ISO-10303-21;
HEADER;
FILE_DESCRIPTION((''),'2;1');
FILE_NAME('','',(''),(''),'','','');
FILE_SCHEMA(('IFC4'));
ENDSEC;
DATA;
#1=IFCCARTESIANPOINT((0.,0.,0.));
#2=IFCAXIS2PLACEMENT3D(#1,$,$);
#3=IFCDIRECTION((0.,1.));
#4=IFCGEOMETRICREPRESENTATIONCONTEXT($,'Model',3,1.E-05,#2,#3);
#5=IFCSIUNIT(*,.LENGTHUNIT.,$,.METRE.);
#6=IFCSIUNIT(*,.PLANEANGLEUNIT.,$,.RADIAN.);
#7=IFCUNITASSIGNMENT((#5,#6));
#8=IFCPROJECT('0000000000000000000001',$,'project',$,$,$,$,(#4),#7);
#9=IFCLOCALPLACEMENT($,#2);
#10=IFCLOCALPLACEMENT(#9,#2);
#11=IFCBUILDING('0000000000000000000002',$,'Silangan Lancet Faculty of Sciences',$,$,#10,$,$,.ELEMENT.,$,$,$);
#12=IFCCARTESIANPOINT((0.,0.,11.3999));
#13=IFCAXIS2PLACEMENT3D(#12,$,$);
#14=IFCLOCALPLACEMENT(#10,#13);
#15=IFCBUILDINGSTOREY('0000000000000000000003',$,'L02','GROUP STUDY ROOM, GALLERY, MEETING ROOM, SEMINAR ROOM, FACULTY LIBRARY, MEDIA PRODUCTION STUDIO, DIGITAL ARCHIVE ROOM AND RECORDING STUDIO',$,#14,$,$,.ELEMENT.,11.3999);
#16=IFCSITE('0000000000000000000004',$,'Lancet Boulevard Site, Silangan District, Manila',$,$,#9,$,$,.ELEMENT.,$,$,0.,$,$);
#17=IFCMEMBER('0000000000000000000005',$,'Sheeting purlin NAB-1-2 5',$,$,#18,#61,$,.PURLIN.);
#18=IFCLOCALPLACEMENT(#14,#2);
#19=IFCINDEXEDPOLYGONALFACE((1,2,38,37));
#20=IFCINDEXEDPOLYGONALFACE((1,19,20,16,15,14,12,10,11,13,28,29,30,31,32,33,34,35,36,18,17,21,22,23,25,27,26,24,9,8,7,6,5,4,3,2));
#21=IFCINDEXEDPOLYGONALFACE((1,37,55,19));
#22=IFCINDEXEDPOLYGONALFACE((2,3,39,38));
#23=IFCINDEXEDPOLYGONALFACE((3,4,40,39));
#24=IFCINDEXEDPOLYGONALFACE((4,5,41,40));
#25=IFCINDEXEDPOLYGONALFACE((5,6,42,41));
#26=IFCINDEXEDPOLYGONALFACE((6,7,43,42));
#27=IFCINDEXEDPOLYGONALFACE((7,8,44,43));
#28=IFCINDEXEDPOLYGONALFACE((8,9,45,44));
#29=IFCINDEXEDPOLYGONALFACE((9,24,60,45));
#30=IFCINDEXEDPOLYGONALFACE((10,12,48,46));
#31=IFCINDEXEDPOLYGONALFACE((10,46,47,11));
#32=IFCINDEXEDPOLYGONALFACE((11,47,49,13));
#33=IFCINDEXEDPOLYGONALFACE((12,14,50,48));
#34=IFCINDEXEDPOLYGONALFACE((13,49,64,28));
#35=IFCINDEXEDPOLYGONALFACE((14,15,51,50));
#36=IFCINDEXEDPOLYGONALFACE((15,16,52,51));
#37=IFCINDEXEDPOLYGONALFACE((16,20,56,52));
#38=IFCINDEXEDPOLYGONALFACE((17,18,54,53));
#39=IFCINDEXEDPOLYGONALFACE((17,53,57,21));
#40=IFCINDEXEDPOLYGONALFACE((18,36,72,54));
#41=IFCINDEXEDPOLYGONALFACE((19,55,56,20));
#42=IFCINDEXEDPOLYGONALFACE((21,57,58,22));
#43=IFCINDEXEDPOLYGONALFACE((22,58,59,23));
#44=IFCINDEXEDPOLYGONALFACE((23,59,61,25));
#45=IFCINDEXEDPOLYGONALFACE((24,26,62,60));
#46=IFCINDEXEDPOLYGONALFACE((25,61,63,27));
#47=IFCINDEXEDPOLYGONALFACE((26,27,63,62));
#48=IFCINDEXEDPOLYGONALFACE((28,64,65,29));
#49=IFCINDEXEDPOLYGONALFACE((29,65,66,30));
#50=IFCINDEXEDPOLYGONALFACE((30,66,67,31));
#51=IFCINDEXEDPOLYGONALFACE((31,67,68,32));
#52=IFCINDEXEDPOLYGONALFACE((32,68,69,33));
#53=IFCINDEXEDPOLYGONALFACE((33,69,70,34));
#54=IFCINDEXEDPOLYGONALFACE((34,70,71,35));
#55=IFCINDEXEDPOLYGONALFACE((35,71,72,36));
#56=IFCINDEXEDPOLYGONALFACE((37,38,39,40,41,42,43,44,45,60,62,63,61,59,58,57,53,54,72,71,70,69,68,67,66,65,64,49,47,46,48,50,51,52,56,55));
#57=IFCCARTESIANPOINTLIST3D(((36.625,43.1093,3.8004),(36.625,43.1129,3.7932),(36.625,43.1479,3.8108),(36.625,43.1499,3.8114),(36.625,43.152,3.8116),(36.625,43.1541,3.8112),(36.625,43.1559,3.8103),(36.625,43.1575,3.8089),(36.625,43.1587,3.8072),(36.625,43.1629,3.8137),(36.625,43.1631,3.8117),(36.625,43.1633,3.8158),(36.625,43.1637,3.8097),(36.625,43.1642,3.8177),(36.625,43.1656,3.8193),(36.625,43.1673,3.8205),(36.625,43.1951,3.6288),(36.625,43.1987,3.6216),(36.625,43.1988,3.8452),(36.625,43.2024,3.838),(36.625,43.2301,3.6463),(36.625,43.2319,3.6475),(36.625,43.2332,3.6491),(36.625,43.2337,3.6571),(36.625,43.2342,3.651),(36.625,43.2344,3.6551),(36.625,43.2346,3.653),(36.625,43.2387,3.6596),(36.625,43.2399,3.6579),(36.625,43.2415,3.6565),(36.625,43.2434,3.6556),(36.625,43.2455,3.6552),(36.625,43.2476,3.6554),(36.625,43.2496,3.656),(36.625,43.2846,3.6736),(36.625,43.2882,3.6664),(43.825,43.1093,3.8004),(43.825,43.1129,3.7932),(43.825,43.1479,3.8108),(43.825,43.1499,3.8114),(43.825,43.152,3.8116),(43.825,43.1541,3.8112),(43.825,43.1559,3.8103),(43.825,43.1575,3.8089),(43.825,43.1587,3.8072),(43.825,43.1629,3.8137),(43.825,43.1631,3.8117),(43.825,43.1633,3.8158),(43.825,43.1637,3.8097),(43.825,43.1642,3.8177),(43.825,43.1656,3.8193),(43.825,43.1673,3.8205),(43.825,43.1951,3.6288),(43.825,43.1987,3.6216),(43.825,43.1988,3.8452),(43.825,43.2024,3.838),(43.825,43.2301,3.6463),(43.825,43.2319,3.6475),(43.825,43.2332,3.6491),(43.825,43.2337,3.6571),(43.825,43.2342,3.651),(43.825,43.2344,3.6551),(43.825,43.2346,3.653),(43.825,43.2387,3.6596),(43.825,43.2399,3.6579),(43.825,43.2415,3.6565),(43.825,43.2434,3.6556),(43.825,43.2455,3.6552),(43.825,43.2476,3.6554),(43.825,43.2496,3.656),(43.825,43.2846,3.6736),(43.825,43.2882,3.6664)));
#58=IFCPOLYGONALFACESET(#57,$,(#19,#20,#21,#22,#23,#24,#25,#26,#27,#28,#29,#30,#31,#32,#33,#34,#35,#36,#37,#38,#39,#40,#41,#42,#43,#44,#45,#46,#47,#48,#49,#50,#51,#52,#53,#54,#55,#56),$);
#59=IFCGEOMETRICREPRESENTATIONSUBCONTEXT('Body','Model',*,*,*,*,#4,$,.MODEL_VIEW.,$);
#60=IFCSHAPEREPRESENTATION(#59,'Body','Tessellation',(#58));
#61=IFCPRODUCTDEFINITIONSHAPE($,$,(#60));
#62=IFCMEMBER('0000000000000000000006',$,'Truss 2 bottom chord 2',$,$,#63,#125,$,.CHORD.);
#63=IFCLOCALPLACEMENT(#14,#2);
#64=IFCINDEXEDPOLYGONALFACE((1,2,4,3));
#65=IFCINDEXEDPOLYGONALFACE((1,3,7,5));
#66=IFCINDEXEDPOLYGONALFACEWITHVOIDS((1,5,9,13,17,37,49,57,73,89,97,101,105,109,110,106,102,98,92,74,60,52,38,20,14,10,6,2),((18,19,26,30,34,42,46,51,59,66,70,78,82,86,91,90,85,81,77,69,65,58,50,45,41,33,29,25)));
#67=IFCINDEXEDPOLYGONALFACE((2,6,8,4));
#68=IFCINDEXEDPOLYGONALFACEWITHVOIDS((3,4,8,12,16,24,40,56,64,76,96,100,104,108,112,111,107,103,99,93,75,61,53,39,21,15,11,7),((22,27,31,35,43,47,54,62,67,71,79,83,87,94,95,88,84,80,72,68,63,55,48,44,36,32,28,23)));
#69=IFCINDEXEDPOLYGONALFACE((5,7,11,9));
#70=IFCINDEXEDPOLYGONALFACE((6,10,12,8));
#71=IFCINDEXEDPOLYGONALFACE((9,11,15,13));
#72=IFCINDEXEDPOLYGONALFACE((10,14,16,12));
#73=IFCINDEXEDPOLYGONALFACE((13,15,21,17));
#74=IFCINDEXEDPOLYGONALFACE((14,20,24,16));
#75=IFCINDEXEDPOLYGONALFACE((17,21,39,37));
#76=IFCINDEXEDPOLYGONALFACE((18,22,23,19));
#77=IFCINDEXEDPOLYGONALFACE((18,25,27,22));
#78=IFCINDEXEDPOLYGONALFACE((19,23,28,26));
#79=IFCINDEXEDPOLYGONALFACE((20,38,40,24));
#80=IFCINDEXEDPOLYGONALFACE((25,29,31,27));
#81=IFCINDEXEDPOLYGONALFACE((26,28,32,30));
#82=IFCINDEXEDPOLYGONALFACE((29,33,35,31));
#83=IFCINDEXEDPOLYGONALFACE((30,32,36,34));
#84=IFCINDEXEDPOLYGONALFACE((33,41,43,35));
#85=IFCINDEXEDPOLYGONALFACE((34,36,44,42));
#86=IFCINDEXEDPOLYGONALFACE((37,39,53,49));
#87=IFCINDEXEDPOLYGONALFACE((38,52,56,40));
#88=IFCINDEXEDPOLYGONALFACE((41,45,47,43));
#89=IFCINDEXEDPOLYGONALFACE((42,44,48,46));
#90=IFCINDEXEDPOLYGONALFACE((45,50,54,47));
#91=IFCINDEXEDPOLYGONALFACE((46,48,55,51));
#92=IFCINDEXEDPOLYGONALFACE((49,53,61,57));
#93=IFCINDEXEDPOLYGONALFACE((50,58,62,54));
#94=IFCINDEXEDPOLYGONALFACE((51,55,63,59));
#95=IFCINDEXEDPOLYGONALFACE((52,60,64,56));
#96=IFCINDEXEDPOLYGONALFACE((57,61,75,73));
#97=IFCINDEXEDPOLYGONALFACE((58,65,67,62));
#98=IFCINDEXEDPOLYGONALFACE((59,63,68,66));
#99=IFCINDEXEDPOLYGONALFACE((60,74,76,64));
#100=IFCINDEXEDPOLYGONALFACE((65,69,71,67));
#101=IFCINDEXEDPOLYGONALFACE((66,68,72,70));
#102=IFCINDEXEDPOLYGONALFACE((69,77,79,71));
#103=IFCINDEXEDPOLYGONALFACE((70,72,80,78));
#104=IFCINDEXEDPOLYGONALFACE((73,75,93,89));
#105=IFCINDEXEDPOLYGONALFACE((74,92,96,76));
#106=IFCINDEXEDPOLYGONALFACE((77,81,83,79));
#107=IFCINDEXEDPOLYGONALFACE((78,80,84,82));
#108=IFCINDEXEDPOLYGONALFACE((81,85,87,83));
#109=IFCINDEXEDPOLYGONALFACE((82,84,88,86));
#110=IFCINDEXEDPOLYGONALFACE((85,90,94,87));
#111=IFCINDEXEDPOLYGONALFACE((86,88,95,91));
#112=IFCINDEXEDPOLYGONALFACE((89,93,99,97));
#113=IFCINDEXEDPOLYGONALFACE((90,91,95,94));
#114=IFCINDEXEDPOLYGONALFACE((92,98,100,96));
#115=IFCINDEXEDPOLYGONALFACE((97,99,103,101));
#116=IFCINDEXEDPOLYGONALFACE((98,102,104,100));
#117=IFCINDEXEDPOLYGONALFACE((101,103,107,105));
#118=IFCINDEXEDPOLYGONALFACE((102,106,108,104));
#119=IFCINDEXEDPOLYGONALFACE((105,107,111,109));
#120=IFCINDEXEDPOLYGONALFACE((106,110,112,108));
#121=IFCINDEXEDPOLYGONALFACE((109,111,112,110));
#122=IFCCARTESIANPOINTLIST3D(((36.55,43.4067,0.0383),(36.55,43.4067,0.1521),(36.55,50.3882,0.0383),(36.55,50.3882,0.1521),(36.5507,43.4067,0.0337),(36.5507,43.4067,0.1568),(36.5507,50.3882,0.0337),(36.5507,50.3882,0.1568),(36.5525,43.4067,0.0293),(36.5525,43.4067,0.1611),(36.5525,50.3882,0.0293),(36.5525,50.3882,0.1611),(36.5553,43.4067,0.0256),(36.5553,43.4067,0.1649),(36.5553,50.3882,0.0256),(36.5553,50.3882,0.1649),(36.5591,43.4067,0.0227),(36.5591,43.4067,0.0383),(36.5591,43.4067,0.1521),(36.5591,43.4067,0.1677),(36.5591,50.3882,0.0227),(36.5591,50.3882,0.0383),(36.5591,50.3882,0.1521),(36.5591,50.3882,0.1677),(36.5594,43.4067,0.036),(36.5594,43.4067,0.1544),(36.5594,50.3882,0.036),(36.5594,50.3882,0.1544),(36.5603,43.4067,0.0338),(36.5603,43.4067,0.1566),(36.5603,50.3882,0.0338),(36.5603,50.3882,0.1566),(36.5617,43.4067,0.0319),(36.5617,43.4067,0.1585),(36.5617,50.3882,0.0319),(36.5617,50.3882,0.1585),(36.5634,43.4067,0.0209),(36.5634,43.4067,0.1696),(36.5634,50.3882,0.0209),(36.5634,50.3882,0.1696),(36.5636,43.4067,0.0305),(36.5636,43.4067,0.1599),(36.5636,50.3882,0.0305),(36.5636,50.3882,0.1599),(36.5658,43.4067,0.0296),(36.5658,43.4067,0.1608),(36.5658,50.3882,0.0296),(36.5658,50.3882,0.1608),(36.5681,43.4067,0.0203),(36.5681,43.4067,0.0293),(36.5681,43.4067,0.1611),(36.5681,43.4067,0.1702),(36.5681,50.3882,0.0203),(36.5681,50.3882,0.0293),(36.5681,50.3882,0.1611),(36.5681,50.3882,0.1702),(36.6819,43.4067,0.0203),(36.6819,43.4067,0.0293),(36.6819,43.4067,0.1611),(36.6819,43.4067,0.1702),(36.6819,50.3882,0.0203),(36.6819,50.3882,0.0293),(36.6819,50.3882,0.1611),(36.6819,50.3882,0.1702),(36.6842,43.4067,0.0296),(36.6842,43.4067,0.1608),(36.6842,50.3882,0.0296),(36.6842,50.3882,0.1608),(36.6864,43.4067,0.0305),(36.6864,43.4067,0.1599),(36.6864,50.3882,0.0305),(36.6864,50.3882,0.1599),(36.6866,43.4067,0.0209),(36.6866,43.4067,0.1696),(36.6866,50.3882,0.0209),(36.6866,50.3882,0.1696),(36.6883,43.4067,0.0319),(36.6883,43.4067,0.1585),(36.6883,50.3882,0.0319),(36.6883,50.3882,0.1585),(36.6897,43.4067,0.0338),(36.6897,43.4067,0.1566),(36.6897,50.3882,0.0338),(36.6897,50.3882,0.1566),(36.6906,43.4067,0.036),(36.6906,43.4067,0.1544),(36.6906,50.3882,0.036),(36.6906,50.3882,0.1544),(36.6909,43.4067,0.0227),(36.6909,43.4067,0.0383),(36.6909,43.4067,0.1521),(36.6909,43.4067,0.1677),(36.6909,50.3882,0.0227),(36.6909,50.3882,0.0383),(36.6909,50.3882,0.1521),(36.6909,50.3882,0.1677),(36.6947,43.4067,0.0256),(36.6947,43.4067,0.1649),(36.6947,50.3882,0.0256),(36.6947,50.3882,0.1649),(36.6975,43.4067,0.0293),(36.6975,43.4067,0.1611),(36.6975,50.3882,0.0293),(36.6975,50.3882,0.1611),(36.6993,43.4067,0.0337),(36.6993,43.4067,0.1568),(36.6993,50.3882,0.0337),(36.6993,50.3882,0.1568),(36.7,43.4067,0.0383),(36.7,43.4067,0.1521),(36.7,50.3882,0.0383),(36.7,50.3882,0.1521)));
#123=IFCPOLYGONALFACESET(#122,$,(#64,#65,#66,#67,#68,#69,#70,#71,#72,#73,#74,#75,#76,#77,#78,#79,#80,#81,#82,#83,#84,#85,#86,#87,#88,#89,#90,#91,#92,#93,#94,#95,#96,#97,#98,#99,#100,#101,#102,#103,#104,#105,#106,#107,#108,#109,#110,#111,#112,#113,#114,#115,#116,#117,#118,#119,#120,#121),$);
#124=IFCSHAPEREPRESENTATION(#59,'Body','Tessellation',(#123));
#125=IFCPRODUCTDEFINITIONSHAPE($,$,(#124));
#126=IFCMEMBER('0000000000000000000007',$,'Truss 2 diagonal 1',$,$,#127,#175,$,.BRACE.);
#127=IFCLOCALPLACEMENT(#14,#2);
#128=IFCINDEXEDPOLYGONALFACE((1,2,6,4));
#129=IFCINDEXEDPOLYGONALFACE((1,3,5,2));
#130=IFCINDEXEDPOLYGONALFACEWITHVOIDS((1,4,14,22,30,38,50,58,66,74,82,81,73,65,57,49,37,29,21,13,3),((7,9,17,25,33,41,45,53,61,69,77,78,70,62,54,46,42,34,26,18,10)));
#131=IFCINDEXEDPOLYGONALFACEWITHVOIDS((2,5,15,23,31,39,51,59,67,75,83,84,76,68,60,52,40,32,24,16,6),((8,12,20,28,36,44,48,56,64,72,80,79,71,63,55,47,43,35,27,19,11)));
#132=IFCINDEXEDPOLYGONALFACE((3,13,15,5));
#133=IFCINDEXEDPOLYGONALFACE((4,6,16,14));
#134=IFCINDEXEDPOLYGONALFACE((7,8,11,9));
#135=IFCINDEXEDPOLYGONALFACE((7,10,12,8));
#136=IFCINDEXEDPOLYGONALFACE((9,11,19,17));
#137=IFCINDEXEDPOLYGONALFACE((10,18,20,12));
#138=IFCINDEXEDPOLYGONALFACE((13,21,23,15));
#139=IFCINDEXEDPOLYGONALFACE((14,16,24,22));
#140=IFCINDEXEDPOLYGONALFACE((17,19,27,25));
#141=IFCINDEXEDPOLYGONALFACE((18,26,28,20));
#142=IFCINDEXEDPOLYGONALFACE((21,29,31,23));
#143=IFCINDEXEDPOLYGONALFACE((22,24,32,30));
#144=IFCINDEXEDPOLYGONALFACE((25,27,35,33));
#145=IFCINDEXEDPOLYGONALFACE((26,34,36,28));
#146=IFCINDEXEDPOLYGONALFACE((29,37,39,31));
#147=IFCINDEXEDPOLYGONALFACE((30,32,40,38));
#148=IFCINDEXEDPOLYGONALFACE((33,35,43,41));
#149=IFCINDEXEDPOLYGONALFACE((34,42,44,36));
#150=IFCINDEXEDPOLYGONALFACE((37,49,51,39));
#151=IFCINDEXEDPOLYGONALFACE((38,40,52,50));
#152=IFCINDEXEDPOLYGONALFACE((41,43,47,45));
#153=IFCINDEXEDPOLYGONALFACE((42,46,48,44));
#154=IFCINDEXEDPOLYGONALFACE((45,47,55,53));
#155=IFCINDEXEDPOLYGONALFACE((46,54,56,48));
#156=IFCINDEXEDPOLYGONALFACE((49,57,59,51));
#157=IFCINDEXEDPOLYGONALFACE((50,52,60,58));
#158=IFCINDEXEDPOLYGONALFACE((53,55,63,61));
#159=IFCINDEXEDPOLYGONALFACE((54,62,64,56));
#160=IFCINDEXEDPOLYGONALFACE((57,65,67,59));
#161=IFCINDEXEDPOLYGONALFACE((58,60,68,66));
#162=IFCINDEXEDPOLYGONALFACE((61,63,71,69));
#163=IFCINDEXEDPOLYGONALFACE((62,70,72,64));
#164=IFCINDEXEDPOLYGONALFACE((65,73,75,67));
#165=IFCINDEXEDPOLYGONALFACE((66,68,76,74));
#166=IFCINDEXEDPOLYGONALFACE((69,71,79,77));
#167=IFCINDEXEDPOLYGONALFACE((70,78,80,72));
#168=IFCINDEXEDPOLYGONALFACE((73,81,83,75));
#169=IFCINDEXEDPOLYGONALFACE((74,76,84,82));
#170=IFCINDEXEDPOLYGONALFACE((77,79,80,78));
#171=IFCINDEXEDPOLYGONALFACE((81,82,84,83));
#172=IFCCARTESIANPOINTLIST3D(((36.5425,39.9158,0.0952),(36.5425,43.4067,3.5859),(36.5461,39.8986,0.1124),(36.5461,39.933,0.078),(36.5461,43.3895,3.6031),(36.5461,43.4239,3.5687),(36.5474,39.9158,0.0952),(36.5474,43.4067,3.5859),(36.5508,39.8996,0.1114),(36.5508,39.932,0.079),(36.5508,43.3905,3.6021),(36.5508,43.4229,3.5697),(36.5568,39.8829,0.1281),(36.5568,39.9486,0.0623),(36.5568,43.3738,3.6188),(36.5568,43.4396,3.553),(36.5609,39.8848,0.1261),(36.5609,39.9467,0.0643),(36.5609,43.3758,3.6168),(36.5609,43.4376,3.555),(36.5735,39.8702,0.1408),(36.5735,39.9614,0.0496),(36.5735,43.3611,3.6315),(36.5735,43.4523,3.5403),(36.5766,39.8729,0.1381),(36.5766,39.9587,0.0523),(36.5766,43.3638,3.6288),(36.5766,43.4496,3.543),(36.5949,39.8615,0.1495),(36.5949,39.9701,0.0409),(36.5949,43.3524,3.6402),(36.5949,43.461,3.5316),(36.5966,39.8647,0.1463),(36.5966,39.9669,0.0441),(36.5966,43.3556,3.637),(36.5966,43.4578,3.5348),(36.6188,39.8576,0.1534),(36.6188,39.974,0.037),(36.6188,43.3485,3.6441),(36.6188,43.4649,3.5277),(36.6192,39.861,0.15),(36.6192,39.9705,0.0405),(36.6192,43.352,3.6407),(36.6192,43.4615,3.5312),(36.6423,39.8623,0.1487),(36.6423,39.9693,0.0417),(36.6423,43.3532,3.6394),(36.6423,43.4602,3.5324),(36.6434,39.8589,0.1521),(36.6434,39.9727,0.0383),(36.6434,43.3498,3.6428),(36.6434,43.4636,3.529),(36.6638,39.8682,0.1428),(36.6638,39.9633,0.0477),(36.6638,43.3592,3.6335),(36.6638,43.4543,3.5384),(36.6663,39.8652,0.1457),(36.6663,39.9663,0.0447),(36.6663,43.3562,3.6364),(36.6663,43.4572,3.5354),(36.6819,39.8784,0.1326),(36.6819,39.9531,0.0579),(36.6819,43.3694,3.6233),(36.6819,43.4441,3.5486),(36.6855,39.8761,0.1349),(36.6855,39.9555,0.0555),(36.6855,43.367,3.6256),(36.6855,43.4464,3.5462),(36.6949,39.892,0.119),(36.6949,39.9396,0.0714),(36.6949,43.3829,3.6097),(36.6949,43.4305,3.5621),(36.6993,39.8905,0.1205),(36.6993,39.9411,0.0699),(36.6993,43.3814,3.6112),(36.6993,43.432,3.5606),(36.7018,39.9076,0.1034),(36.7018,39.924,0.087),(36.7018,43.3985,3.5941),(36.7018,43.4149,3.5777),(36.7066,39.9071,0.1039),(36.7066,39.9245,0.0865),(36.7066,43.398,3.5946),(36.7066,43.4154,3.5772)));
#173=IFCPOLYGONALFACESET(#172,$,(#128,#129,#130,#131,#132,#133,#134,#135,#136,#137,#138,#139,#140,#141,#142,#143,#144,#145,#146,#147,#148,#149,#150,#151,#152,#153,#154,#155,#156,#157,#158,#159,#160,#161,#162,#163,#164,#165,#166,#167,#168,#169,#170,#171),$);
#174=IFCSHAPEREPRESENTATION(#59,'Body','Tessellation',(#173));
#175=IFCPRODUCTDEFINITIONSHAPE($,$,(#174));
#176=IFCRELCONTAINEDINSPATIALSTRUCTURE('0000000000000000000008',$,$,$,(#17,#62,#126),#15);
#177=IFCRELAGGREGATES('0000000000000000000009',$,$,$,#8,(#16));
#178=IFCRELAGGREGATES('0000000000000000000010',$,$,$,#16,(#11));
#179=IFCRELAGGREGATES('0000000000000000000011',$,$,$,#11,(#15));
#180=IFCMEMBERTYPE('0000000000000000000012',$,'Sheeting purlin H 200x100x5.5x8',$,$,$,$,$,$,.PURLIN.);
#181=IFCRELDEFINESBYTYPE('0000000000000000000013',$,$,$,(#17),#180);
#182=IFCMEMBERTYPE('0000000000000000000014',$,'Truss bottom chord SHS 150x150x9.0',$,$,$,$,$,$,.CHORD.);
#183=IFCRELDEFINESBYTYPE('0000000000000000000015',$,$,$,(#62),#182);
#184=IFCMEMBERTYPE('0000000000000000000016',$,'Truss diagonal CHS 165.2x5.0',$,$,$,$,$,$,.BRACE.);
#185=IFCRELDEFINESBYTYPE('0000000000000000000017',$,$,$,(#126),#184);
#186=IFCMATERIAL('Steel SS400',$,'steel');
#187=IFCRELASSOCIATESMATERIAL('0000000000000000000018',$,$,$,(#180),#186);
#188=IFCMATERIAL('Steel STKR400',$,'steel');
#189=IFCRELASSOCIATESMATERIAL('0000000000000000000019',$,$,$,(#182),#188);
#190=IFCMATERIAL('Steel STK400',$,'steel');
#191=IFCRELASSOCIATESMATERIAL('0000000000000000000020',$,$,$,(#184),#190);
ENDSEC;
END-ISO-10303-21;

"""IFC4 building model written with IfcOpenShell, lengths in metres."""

from ifc_helpers import new_model, si_unit, direction, frame, origin, origin_2d, place, context, subcontext, project, spatial, hollow_rectangle, hollow_circle, i_section, extrude, material, material_profile, profile_set, type_object, element, save


model = new_model("IFC4")

# Units and contexts
model_context = context("Model", 3, precision=1e-05, world=origin(), true_north=direction((0.0, 1.0)))
body_context = subcontext(model_context, "Body", "Model", "MODEL_VIEW")
ifc_project = project(units=[si_unit("LENGTHUNIT", "METRE"), si_unit("PLANEANGLEUNIT", "RADIAN")], contexts=[model_context])

# Site, building, storey
site_placement = place(None, origin())
site = spatial("IfcSite", under=ifc_project, at=site_placement, Name="Lancet Boulevard Site, Silangan District, Manila", CompositionType="ELEMENT", RefElevation=0.0)
building_placement = place(site_placement, origin())
building = spatial("IfcBuilding", under=site, at=building_placement, Name="Silangan Lancet Faculty of Sciences", CompositionType="ELEMENT")
storey_placement = place(building_placement, frame((0.0, 0.0, 11.3999)))
storey = spatial("IfcBuildingStorey", under=building, at=storey_placement, Name="L02", Description="GROUP STUDY ROOM, GALLERY, MEETING ROOM, SEMINAR ROOM, FACULTY LIBRARY, MEDIA PRODUCTION STUDIO, DIGITAL ARCHIVE ROOM AND RECORDING STUDIO", CompositionType="ELEMENT", Elevation=11.3999)

# Members
ifc_material_1 = material(Name="Steel SS400", Category="steel")
ifc_material_profile_1 = material_profile(ifc_material_1, i_section(OverallWidth=0.1001, OverallDepth=0.2, WebThickness=0.0056, FlangeThickness=0.0081, FilletRadius=0.0081, at=origin_2d()), Name="H 200x100x5.5x8")
ifc_profile_set_1 = profile_set([ifc_material_profile_1], Name="Steel SS400")
member_type_1 = type_object("IfcMemberType", Name="Sheeting purlin H 200x100x5.5x8", PredefinedType="PURLIN", material=ifc_profile_set_1)
for number, where, z_axis, x_axis, name in (
    (1, (36.625, 43.1987, 3.7334), (1.0, 0.0, 0.0), (0.0, 0.894427, 0.447214), "Sheeting purlin NAB-1-2 5"),
):
    element("IfcMember", number, at=place(storey_placement, frame(where, z_axis=z_axis, x_axis=x_axis)), inside=storey, type_object=member_type_1, Name=name, PredefinedType="PURLIN", context=body_context, shape_type="SweptSolid", body=[
        extrude(i_section(OverallWidth=0.1001, OverallDepth=0.2, WebThickness=0.0056, FlangeThickness=0.0081, FilletRadius=0.0081, at=origin_2d()), origin(), (0.0, 0.0, 1.0), 7.2),
    ])
ifc_material_2 = material(Name="Steel STKR400", Category="steel")
ifc_material_profile_2 = material_profile(ifc_material_2, hollow_rectangle(XDim=0.1499, YDim=0.1499, WallThickness=0.009, InnerFilletRadius=0.009, OuterFilletRadius=0.0181, at=origin_2d()), Name="SHS 150x150x9.0")
ifc_profile_set_2 = profile_set([ifc_material_profile_2], Name="Steel STKR400")
member_type_2 = type_object("IfcMemberType", Name="Truss bottom chord SHS 150x150x9.0", PredefinedType="CHORD", material=ifc_profile_set_2)
member_1_placement = place(storey_placement, frame((36.625, 43.4067, 0.0952), z_axis=(0.0, 1.0, 0.0), x_axis=(-1.0, 0.0, 0.0)))
element("IfcMember", 2, at=member_1_placement, inside=storey, type_object=member_type_2, Name="Truss 2 bottom chord 2", PredefinedType="CHORD", context=body_context, shape_type="SweptSolid", body=[
    extrude(hollow_rectangle(XDim=0.1499, YDim=0.1499, WallThickness=0.009, InnerFilletRadius=0.009, OuterFilletRadius=0.0181, at=origin_2d()), origin(), (0.0, 0.0, 1.0), 6.9814),
])
ifc_material_3 = material(Name="Steel STK400", Category="steel")
ifc_material_profile_3 = material_profile(ifc_material_3, hollow_circle(Radius=0.0825, WallThickness=0.0049, at=origin_2d()), Name="CHS 165.2x5.0")
ifc_profile_set_3 = profile_set([ifc_material_profile_3], Name="Steel STK400")
member_type_3 = type_object("IfcMemberType", Name="Truss diagonal CHS 165.2x5.0", PredefinedType="BRACE", material=ifc_profile_set_3)
member_2_placement = place(storey_placement, frame((36.625, 39.9158, 0.0952), z_axis=(0.0, 0.707132, 0.707082), x_axis=(-1.0, 0.0, 0.0)))
element("IfcMember", 3, at=member_2_placement, inside=storey, type_object=member_type_3, Name="Truss 2 diagonal 1", PredefinedType="BRACE", context=body_context, shape_type="SweptSolid", body=[
    extrude(hollow_circle(Radius=0.0825, WallThickness=0.0049, at=origin_2d()), origin(), (0.0, 0.0, 1.0), 4.9368),
])

save(model, "model.ifc")
